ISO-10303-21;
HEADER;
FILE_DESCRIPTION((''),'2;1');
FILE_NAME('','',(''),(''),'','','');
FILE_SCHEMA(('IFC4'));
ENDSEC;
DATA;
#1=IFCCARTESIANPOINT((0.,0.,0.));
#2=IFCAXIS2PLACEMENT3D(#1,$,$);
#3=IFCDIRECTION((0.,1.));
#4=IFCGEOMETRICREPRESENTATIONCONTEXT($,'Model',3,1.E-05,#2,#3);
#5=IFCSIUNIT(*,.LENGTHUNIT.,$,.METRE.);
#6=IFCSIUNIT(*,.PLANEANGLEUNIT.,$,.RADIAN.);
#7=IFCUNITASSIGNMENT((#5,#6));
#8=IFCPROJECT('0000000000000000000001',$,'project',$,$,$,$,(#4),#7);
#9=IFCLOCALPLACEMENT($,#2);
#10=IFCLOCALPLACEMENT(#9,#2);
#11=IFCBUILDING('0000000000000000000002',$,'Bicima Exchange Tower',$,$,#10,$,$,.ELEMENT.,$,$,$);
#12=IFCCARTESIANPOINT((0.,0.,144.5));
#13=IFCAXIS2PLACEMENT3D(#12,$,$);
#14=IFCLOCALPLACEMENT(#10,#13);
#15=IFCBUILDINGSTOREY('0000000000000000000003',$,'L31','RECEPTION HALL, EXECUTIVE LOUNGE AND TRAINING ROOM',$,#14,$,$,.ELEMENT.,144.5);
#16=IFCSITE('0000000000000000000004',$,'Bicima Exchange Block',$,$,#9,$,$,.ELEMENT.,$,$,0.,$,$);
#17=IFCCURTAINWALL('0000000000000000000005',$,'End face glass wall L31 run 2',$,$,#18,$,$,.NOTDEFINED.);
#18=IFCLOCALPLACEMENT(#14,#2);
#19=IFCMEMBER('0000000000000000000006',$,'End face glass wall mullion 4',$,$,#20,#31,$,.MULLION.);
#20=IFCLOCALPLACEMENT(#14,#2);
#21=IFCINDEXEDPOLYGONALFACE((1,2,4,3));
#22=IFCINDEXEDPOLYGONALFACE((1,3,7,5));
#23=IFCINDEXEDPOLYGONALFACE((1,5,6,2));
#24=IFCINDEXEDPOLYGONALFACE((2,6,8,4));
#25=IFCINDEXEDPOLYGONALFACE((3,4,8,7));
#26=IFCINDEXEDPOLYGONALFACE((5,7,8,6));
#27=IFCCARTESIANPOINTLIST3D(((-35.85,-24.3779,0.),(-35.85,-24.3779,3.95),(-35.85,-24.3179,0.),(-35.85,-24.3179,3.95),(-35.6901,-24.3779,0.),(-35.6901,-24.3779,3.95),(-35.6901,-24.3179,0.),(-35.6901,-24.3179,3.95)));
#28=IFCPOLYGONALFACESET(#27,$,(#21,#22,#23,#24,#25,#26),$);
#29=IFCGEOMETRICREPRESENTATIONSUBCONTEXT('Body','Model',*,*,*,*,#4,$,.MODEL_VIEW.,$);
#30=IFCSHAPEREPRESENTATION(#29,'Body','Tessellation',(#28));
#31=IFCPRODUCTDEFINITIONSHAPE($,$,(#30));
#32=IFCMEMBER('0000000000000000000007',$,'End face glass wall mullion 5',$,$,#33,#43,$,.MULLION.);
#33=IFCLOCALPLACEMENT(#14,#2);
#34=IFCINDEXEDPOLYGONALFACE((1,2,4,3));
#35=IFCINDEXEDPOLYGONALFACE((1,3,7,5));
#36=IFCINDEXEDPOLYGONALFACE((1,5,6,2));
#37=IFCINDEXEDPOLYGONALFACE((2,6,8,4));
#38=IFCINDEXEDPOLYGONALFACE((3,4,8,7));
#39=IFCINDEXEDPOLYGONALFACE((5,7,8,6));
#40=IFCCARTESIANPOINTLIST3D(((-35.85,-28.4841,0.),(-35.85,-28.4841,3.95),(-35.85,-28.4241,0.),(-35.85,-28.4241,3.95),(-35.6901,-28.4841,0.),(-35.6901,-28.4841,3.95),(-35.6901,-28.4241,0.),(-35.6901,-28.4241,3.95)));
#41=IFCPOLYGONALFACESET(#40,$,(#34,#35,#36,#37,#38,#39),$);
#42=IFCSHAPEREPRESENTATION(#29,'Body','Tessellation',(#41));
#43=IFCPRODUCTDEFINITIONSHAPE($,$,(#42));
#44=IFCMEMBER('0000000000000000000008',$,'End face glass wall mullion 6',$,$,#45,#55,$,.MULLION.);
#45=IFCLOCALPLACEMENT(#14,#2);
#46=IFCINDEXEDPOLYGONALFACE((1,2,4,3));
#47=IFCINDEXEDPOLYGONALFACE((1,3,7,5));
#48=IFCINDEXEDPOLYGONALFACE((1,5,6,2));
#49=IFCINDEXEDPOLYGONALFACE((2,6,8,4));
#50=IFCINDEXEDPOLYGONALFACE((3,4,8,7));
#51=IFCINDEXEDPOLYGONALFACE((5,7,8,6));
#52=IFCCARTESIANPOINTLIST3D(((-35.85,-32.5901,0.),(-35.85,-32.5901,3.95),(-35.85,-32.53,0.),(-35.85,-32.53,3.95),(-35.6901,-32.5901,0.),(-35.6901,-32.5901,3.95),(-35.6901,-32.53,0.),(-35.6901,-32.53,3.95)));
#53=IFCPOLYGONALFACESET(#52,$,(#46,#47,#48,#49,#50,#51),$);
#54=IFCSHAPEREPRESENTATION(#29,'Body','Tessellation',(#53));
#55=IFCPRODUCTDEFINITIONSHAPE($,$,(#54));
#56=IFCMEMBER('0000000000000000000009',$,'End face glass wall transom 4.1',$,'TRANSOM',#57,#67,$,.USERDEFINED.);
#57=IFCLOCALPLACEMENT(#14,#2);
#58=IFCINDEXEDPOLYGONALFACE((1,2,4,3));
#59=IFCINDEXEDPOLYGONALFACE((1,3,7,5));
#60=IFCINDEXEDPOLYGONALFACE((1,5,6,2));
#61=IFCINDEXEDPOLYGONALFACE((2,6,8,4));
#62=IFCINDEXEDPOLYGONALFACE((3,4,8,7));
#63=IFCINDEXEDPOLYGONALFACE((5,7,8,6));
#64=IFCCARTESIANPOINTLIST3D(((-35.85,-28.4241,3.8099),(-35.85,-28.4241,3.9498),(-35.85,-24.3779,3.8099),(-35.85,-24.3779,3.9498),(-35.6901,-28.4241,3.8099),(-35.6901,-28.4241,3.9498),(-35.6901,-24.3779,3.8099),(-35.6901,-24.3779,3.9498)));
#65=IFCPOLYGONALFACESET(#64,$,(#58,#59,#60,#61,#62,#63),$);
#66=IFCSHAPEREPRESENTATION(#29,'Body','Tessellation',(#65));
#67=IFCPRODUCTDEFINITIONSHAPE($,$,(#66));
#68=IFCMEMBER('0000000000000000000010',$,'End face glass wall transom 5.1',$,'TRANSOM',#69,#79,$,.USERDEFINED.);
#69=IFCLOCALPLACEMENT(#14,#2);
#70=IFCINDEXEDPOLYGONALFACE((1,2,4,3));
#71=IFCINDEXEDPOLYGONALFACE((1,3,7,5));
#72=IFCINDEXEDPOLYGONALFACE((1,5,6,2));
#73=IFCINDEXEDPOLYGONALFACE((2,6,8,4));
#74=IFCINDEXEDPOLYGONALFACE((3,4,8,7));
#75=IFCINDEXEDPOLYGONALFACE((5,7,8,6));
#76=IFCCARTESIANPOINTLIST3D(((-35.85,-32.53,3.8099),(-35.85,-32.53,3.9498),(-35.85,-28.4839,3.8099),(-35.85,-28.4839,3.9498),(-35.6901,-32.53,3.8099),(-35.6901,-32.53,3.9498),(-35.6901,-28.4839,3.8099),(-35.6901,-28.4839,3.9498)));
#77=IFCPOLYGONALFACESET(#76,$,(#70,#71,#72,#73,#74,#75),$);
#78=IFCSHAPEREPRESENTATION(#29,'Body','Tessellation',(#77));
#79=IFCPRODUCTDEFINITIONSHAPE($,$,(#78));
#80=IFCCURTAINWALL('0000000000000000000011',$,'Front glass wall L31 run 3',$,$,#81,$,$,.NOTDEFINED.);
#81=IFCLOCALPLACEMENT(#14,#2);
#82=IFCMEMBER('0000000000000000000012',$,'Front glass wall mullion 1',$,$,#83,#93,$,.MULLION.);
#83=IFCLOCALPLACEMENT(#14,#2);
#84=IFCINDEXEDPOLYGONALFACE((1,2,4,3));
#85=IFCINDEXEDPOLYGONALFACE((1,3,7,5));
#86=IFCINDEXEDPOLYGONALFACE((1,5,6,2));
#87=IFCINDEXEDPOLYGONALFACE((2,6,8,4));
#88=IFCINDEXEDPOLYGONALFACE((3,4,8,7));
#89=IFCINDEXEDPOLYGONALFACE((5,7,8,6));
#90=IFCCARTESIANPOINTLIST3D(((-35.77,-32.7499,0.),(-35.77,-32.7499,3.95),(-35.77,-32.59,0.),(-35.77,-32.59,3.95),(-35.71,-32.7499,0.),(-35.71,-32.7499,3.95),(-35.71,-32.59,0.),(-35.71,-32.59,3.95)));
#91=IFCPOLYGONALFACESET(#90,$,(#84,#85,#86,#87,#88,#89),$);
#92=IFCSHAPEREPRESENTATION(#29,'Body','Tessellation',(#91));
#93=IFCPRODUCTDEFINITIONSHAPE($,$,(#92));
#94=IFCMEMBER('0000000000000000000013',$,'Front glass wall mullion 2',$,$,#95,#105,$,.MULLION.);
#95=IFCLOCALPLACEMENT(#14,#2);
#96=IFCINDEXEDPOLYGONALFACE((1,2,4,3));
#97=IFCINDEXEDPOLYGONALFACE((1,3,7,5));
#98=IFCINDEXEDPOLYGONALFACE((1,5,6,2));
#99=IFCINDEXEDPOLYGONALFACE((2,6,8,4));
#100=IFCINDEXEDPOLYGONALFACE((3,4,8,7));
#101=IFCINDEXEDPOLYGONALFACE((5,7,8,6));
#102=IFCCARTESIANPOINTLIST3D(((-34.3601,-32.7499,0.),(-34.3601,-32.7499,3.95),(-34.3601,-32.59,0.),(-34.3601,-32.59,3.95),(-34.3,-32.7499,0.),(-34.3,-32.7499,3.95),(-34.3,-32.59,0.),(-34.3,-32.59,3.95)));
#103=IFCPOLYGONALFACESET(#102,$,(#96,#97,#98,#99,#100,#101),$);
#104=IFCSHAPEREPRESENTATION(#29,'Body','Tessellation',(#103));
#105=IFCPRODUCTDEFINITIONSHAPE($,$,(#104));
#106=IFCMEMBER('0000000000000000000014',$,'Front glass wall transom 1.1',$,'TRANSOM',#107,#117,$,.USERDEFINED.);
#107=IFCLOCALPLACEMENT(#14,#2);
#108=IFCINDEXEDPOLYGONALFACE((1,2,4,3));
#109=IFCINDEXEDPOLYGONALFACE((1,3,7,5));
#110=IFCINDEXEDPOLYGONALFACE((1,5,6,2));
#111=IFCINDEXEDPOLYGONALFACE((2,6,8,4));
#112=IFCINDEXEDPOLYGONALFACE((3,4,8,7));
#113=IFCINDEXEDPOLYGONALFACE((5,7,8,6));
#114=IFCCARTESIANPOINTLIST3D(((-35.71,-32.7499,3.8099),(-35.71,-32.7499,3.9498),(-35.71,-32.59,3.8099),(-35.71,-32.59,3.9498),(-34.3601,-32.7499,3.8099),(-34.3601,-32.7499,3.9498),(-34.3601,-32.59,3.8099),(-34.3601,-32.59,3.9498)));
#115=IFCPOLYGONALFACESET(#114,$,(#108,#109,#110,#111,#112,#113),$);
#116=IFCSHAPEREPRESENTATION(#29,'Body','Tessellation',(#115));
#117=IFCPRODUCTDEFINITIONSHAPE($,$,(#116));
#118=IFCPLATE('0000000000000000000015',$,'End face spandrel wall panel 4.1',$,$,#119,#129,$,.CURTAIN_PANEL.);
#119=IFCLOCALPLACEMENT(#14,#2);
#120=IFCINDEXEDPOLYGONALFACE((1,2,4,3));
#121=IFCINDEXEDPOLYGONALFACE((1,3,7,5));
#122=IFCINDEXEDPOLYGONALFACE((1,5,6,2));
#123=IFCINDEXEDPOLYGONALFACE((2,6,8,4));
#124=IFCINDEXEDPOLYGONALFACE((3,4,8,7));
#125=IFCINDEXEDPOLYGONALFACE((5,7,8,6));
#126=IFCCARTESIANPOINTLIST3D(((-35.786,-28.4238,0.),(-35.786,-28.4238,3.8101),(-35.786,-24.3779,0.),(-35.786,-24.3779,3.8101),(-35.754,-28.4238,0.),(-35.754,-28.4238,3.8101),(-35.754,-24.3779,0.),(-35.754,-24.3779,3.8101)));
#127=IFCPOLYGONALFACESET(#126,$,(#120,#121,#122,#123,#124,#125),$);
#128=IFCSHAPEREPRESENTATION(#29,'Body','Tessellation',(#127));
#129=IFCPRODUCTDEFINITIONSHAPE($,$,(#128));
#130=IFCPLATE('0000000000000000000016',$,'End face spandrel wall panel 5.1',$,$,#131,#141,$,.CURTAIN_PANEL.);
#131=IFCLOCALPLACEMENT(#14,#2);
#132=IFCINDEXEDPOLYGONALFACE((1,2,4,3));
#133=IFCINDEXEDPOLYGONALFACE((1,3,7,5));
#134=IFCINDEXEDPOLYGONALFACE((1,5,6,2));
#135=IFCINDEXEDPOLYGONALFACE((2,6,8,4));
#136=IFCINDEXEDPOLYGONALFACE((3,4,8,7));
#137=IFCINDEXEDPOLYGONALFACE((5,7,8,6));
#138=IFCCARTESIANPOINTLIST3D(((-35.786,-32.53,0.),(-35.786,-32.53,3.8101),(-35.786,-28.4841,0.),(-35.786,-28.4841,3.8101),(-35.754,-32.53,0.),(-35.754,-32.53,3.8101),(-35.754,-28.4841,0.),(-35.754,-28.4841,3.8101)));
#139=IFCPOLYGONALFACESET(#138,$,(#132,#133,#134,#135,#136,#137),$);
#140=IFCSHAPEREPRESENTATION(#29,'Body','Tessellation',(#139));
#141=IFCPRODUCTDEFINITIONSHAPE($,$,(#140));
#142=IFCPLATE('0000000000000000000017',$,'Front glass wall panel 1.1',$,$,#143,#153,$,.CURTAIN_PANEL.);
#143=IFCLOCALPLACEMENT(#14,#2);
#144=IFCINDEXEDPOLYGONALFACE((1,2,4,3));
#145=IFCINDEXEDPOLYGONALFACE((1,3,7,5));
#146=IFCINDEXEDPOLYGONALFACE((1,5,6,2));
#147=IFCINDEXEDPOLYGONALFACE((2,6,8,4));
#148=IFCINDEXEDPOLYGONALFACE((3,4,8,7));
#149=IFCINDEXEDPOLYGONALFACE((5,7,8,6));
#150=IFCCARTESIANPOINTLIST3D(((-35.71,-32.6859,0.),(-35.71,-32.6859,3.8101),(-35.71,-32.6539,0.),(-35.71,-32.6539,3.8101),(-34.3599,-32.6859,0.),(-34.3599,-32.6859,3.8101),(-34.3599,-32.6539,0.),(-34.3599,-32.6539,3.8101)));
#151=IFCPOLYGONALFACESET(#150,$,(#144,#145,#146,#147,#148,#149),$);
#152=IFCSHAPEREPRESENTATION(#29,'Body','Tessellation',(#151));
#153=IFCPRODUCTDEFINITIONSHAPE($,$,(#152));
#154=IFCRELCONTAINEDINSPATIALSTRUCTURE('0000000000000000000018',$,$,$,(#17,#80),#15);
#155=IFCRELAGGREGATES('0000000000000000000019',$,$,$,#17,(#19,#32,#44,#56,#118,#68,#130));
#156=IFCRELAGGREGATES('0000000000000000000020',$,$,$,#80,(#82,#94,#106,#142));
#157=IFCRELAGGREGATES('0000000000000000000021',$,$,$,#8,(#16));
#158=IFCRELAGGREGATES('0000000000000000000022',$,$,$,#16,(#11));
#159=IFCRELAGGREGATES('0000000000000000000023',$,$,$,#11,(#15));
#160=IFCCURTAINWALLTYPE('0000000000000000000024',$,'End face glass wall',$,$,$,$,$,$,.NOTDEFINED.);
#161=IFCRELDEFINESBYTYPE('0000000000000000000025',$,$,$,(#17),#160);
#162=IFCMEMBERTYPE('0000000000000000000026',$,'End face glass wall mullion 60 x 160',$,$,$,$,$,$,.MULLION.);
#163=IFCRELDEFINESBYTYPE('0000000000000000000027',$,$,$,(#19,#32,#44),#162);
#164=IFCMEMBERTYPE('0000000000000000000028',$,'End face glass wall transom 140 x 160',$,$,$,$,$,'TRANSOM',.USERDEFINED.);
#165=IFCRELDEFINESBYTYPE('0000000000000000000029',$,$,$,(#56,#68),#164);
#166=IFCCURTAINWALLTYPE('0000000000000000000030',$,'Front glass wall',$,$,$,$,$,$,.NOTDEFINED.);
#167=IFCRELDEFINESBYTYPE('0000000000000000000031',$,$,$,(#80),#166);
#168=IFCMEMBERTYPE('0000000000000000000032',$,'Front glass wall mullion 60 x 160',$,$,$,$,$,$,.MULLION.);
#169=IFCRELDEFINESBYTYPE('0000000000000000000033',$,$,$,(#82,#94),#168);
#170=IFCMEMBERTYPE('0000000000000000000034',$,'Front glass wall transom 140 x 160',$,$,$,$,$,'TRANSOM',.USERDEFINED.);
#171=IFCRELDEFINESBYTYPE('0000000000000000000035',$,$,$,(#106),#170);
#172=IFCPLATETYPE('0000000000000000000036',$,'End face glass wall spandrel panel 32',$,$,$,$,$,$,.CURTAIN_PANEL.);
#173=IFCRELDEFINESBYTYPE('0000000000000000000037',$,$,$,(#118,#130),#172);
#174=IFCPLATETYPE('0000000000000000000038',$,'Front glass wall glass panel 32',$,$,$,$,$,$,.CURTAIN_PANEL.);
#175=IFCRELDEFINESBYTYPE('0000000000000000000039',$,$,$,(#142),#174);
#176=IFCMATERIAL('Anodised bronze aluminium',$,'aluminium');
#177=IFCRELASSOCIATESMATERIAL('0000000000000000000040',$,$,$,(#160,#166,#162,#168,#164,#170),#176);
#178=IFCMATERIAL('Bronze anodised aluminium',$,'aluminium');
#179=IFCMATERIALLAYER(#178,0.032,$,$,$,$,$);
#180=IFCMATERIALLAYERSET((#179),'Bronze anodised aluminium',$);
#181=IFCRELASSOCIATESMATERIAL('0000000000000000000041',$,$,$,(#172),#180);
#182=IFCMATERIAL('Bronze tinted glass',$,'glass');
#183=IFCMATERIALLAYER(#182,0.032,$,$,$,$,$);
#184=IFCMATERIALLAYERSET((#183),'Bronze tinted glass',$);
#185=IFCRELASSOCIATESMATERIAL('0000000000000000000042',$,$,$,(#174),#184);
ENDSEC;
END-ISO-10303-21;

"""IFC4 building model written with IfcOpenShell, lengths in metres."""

from ifc_helpers import new_model, si_unit, direction, frame, origin, origin_2d, place, context, subcontext, project, spatial, rectangle, extrude, material, layer, layer_set, material_profile, profile_set, type_object, element, aggregate, save


model = new_model("IFC4")

# Units and contexts
model_context = context("Model", 3, precision=1e-05, world=origin(), true_north=direction((0.0, 1.0)))
body_context = subcontext(model_context, "Body", "Model", "MODEL_VIEW")
ifc_project = project(units=[si_unit("LENGTHUNIT", "METRE"), si_unit("PLANEANGLEUNIT", "RADIAN")], contexts=[model_context])

# Site, building, storey
site_placement = place(None, origin())
site = spatial("IfcSite", under=ifc_project, at=site_placement, Name="Bicima Exchange Block", CompositionType="ELEMENT", RefElevation=0.0)
building_placement = place(site_placement, origin())
building = spatial("IfcBuilding", under=site, at=building_placement, Name="Bicima Exchange Tower", CompositionType="ELEMENT")
storey_placement = place(building_placement, frame((0.0, 0.0, 144.5)))
storey = spatial("IfcBuildingStorey", under=building, at=storey_placement, Name="L31", Description="RECEPTION HALL, EXECUTIVE LOUNGE AND TRAINING ROOM", CompositionType="ELEMENT", Elevation=144.5)

# Curtain walls, members
ifc_material_1 = material(Name="Anodised bronze aluminium", Category="aluminium")
curtain_wall_type_1 = type_object("IfcCurtainWallType", Name="End face glass wall", PredefinedType="NOTDEFINED", material=ifc_material_1)
curtain_wall_1_placement = place(storey_placement, origin())
curtain_wall_1 = element("IfcCurtainWall", 1, at=curtain_wall_1_placement, inside=storey, type_object=curtain_wall_type_1, Name="End face glass wall L31 run 2", PredefinedType="NOTDEFINED")
ifc_material_profile_1 = material_profile(ifc_material_1, rectangle(XDim=0.1599, YDim=0.0601, at=origin_2d()))
ifc_profile_set_1 = profile_set([ifc_material_profile_1], Name="Anodised bronze aluminium")
member_type_1 = type_object("IfcMemberType", Name="End face glass wall mullion 60 x 160", PredefinedType="MULLION", material=ifc_profile_set_1)
member_1_placement = place(storey_placement, frame((-35.77, -24.3479, 0.0), z_axis=(0.0, 0.0, 1.0), x_axis=(1.0, 0.0, 0.0)))
member_1 = element("IfcMember", 2, at=member_1_placement, type_object=member_type_1, Name="End face glass wall mullion 4", PredefinedType="MULLION", context=body_context, shape_type="SweptSolid", body=[
    extrude(rectangle(XDim=0.1599, YDim=0.0601, at=origin_2d()), origin(), (0.0, 0.0, 1.0), 3.95),
])
member_2_placement = place(storey_placement, frame((-35.77, -28.4541, 0.0), z_axis=(0.0, 0.0, 1.0), x_axis=(1.0, 0.0, 0.0)))
member_2 = element("IfcMember", 3, at=member_2_placement, type_object=member_type_1, Name="End face glass wall mullion 5", PredefinedType="MULLION", context=body_context, shape_type="SweptSolid", body=[
    extrude(rectangle(XDim=0.1599, YDim=0.0601, at=origin_2d()), origin(), (0.0, 0.0, 1.0), 3.95),
])
member_3_placement = place(storey_placement, frame((-35.77, -32.5601, 0.0), z_axis=(0.0, 0.0, 1.0), x_axis=(1.0, 0.0, 0.0)))
member_3 = element("IfcMember", 4, at=member_3_placement, type_object=member_type_1, Name="End face glass wall mullion 6", PredefinedType="MULLION", context=body_context, shape_type="SweptSolid", body=[
    extrude(rectangle(XDim=0.1599, YDim=0.0601, at=origin_2d()), origin(), (0.0, 0.0, 1.0), 3.95),
])
ifc_material_profile_2 = material_profile(ifc_material_1, rectangle(XDim=0.1599, YDim=0.1399, at=origin_2d()))
ifc_profile_set_2 = profile_set([ifc_material_profile_2], Name="Anodised bronze aluminium")
member_type_2 = type_object("IfcMemberType", Name="End face glass wall transom 140 x 160", ElementType="TRANSOM", PredefinedType="USERDEFINED", material=ifc_profile_set_2)
member_4_placement = place(storey_placement, frame((-35.77, -24.3779, 3.8799), z_axis=(0.0, -1.0, 0.0), x_axis=(1.0, 0.0, 0.0)))
member_4 = element("IfcMember", 5, at=member_4_placement, type_object=member_type_2, Name="End face glass wall transom 4.1", ObjectType="TRANSOM", PredefinedType="USERDEFINED", context=body_context, shape_type="SweptSolid", body=[
    extrude(rectangle(XDim=0.1599, YDim=0.1399, at=origin_2d()), origin(), (0.0, 0.0, 1.0), 4.0461),
])
member_5_placement = place(storey_placement, frame((-35.77, -28.4839, 3.8799), z_axis=(0.0, -1.0, 0.0), x_axis=(1.0, 0.0, 0.0)))
member_5 = element("IfcMember", 6, at=member_5_placement, type_object=member_type_2, Name="End face glass wall transom 5.1", ObjectType="TRANSOM", PredefinedType="USERDEFINED", context=body_context, shape_type="SweptSolid", body=[
    extrude(rectangle(XDim=0.1599, YDim=0.1399, at=origin_2d()), origin(), (0.0, 0.0, 1.0), 4.0461),
])
curtain_wall_type_2 = type_object("IfcCurtainWallType", Name="Front glass wall", PredefinedType="NOTDEFINED", material=ifc_material_1)
curtain_wall_2_placement = place(storey_placement, origin())
curtain_wall_2 = element("IfcCurtainWall", 7, at=curtain_wall_2_placement, inside=storey, type_object=curtain_wall_type_2, Name="Front glass wall L31 run 3", PredefinedType="NOTDEFINED")
member_type_3 = type_object("IfcMemberType", Name="Front glass wall mullion 60 x 160", PredefinedType="MULLION", material=ifc_profile_set_1)
member_6_placement = place(storey_placement, frame((-35.74, -32.6699, 0.0), z_axis=(0.0, 0.0, 1.0), x_axis=(0.0, 1.0, 0.0)))
member_6 = element("IfcMember", 8, at=member_6_placement, type_object=member_type_3, Name="Front glass wall mullion 1", PredefinedType="MULLION", context=body_context, shape_type="SweptSolid", body=[
    extrude(rectangle(XDim=0.1599, YDim=0.0601, at=origin_2d()), origin(), (0.0, 0.0, 1.0), 3.95),
])
member_7_placement = place(storey_placement, frame((-34.3301, -32.6699, 0.0), z_axis=(0.0, 0.0, 1.0), x_axis=(0.0, 1.0, 0.0)))
member_7 = element("IfcMember", 9, at=member_7_placement, type_object=member_type_3, Name="Front glass wall mullion 2", PredefinedType="MULLION", context=body_context, shape_type="SweptSolid", body=[
    extrude(rectangle(XDim=0.1599, YDim=0.0601, at=origin_2d()), origin(), (0.0, 0.0, 1.0), 3.95),
])
member_type_4 = type_object("IfcMemberType", Name="Front glass wall transom 140 x 160", ElementType="TRANSOM", PredefinedType="USERDEFINED", material=ifc_profile_set_2)
member_8_placement = place(storey_placement, frame((-35.71, -32.6699, 3.8799), z_axis=(1.0, 0.0, 0.0), x_axis=(0.0, 1.0, 0.0)))
member_8 = element("IfcMember", 10, at=member_8_placement, type_object=member_type_4, Name="Front glass wall transom 1.1", ObjectType="TRANSOM", PredefinedType="USERDEFINED", context=body_context, shape_type="SweptSolid", body=[
    extrude(rectangle(XDim=0.1599, YDim=0.1399, at=origin_2d()), origin(), (0.0, 0.0, 1.0), 1.3499),
])

# Plates
ifc_material_2 = material(Name="Bronze anodised aluminium", Category="aluminium")
ifc_layer_1 = layer(ifc_material_2, 0.032)
ifc_layer_set_1 = layer_set([ifc_layer_1], Name="Bronze anodised aluminium")
plate_type_1 = type_object("IfcPlateType", Name="End face glass wall spandrel panel 32", PredefinedType="CURTAIN_PANEL", material=ifc_layer_set_1)
plate_1_placement = place(storey_placement, frame((-35.77, -26.4009, 0.0), z_axis=(0.0, 0.0, 1.0), x_axis=(0.0, -1.0, 0.0)))
plate_1 = element("IfcPlate", 11, at=plate_1_placement, type_object=plate_type_1, Name="End face spandrel wall panel 4.1", PredefinedType="CURTAIN_PANEL", context=body_context, shape_type="SweptSolid", body=[
    extrude(rectangle(XDim=4.0459, YDim=0.032, at=origin_2d()), origin(), (0.0, 0.0, 1.0), 3.8101),
])
plate_2_placement = place(storey_placement, frame((-35.77, -30.5071, 0.0), z_axis=(0.0, 0.0, 1.0), x_axis=(0.0, -1.0, 0.0)))
plate_2 = element("IfcPlate", 12, at=plate_2_placement, type_object=plate_type_1, Name="End face spandrel wall panel 5.1", PredefinedType="CURTAIN_PANEL", context=body_context, shape_type="SweptSolid", body=[
    extrude(rectangle(XDim=4.0459, YDim=0.032, at=origin_2d()), origin(), (0.0, 0.0, 1.0), 3.8101),
])
aggregate(curtain_wall_1, [member_1, member_2, member_3, member_4, plate_1, member_5, plate_2])
ifc_material_3 = material(Name="Bronze tinted glass", Category="glass")
ifc_layer_2 = layer(ifc_material_3, 0.032)
ifc_layer_set_2 = layer_set([ifc_layer_2], Name="Bronze tinted glass")
plate_type_2 = type_object("IfcPlateType", Name="Front glass wall glass panel 32", PredefinedType="CURTAIN_PANEL", material=ifc_layer_set_2)
plate_3_placement = place(storey_placement, frame((-35.0349, -32.6699, 0.0), z_axis=(0.0, 0.0, 1.0), x_axis=(1.0, 0.0, 0.0)))
plate_3 = element("IfcPlate", 13, at=plate_3_placement, type_object=plate_type_2, Name="Front glass wall panel 1.1", PredefinedType="CURTAIN_PANEL", context=body_context, shape_type="SweptSolid", body=[
    extrude(rectangle(XDim=1.3501, YDim=0.032, at=origin_2d()), origin(), (0.0, 0.0, 1.0), 3.8101),
])
aggregate(curtain_wall_2, [member_6, member_7, member_8, plate_3])

save(model, "model.ifc")
